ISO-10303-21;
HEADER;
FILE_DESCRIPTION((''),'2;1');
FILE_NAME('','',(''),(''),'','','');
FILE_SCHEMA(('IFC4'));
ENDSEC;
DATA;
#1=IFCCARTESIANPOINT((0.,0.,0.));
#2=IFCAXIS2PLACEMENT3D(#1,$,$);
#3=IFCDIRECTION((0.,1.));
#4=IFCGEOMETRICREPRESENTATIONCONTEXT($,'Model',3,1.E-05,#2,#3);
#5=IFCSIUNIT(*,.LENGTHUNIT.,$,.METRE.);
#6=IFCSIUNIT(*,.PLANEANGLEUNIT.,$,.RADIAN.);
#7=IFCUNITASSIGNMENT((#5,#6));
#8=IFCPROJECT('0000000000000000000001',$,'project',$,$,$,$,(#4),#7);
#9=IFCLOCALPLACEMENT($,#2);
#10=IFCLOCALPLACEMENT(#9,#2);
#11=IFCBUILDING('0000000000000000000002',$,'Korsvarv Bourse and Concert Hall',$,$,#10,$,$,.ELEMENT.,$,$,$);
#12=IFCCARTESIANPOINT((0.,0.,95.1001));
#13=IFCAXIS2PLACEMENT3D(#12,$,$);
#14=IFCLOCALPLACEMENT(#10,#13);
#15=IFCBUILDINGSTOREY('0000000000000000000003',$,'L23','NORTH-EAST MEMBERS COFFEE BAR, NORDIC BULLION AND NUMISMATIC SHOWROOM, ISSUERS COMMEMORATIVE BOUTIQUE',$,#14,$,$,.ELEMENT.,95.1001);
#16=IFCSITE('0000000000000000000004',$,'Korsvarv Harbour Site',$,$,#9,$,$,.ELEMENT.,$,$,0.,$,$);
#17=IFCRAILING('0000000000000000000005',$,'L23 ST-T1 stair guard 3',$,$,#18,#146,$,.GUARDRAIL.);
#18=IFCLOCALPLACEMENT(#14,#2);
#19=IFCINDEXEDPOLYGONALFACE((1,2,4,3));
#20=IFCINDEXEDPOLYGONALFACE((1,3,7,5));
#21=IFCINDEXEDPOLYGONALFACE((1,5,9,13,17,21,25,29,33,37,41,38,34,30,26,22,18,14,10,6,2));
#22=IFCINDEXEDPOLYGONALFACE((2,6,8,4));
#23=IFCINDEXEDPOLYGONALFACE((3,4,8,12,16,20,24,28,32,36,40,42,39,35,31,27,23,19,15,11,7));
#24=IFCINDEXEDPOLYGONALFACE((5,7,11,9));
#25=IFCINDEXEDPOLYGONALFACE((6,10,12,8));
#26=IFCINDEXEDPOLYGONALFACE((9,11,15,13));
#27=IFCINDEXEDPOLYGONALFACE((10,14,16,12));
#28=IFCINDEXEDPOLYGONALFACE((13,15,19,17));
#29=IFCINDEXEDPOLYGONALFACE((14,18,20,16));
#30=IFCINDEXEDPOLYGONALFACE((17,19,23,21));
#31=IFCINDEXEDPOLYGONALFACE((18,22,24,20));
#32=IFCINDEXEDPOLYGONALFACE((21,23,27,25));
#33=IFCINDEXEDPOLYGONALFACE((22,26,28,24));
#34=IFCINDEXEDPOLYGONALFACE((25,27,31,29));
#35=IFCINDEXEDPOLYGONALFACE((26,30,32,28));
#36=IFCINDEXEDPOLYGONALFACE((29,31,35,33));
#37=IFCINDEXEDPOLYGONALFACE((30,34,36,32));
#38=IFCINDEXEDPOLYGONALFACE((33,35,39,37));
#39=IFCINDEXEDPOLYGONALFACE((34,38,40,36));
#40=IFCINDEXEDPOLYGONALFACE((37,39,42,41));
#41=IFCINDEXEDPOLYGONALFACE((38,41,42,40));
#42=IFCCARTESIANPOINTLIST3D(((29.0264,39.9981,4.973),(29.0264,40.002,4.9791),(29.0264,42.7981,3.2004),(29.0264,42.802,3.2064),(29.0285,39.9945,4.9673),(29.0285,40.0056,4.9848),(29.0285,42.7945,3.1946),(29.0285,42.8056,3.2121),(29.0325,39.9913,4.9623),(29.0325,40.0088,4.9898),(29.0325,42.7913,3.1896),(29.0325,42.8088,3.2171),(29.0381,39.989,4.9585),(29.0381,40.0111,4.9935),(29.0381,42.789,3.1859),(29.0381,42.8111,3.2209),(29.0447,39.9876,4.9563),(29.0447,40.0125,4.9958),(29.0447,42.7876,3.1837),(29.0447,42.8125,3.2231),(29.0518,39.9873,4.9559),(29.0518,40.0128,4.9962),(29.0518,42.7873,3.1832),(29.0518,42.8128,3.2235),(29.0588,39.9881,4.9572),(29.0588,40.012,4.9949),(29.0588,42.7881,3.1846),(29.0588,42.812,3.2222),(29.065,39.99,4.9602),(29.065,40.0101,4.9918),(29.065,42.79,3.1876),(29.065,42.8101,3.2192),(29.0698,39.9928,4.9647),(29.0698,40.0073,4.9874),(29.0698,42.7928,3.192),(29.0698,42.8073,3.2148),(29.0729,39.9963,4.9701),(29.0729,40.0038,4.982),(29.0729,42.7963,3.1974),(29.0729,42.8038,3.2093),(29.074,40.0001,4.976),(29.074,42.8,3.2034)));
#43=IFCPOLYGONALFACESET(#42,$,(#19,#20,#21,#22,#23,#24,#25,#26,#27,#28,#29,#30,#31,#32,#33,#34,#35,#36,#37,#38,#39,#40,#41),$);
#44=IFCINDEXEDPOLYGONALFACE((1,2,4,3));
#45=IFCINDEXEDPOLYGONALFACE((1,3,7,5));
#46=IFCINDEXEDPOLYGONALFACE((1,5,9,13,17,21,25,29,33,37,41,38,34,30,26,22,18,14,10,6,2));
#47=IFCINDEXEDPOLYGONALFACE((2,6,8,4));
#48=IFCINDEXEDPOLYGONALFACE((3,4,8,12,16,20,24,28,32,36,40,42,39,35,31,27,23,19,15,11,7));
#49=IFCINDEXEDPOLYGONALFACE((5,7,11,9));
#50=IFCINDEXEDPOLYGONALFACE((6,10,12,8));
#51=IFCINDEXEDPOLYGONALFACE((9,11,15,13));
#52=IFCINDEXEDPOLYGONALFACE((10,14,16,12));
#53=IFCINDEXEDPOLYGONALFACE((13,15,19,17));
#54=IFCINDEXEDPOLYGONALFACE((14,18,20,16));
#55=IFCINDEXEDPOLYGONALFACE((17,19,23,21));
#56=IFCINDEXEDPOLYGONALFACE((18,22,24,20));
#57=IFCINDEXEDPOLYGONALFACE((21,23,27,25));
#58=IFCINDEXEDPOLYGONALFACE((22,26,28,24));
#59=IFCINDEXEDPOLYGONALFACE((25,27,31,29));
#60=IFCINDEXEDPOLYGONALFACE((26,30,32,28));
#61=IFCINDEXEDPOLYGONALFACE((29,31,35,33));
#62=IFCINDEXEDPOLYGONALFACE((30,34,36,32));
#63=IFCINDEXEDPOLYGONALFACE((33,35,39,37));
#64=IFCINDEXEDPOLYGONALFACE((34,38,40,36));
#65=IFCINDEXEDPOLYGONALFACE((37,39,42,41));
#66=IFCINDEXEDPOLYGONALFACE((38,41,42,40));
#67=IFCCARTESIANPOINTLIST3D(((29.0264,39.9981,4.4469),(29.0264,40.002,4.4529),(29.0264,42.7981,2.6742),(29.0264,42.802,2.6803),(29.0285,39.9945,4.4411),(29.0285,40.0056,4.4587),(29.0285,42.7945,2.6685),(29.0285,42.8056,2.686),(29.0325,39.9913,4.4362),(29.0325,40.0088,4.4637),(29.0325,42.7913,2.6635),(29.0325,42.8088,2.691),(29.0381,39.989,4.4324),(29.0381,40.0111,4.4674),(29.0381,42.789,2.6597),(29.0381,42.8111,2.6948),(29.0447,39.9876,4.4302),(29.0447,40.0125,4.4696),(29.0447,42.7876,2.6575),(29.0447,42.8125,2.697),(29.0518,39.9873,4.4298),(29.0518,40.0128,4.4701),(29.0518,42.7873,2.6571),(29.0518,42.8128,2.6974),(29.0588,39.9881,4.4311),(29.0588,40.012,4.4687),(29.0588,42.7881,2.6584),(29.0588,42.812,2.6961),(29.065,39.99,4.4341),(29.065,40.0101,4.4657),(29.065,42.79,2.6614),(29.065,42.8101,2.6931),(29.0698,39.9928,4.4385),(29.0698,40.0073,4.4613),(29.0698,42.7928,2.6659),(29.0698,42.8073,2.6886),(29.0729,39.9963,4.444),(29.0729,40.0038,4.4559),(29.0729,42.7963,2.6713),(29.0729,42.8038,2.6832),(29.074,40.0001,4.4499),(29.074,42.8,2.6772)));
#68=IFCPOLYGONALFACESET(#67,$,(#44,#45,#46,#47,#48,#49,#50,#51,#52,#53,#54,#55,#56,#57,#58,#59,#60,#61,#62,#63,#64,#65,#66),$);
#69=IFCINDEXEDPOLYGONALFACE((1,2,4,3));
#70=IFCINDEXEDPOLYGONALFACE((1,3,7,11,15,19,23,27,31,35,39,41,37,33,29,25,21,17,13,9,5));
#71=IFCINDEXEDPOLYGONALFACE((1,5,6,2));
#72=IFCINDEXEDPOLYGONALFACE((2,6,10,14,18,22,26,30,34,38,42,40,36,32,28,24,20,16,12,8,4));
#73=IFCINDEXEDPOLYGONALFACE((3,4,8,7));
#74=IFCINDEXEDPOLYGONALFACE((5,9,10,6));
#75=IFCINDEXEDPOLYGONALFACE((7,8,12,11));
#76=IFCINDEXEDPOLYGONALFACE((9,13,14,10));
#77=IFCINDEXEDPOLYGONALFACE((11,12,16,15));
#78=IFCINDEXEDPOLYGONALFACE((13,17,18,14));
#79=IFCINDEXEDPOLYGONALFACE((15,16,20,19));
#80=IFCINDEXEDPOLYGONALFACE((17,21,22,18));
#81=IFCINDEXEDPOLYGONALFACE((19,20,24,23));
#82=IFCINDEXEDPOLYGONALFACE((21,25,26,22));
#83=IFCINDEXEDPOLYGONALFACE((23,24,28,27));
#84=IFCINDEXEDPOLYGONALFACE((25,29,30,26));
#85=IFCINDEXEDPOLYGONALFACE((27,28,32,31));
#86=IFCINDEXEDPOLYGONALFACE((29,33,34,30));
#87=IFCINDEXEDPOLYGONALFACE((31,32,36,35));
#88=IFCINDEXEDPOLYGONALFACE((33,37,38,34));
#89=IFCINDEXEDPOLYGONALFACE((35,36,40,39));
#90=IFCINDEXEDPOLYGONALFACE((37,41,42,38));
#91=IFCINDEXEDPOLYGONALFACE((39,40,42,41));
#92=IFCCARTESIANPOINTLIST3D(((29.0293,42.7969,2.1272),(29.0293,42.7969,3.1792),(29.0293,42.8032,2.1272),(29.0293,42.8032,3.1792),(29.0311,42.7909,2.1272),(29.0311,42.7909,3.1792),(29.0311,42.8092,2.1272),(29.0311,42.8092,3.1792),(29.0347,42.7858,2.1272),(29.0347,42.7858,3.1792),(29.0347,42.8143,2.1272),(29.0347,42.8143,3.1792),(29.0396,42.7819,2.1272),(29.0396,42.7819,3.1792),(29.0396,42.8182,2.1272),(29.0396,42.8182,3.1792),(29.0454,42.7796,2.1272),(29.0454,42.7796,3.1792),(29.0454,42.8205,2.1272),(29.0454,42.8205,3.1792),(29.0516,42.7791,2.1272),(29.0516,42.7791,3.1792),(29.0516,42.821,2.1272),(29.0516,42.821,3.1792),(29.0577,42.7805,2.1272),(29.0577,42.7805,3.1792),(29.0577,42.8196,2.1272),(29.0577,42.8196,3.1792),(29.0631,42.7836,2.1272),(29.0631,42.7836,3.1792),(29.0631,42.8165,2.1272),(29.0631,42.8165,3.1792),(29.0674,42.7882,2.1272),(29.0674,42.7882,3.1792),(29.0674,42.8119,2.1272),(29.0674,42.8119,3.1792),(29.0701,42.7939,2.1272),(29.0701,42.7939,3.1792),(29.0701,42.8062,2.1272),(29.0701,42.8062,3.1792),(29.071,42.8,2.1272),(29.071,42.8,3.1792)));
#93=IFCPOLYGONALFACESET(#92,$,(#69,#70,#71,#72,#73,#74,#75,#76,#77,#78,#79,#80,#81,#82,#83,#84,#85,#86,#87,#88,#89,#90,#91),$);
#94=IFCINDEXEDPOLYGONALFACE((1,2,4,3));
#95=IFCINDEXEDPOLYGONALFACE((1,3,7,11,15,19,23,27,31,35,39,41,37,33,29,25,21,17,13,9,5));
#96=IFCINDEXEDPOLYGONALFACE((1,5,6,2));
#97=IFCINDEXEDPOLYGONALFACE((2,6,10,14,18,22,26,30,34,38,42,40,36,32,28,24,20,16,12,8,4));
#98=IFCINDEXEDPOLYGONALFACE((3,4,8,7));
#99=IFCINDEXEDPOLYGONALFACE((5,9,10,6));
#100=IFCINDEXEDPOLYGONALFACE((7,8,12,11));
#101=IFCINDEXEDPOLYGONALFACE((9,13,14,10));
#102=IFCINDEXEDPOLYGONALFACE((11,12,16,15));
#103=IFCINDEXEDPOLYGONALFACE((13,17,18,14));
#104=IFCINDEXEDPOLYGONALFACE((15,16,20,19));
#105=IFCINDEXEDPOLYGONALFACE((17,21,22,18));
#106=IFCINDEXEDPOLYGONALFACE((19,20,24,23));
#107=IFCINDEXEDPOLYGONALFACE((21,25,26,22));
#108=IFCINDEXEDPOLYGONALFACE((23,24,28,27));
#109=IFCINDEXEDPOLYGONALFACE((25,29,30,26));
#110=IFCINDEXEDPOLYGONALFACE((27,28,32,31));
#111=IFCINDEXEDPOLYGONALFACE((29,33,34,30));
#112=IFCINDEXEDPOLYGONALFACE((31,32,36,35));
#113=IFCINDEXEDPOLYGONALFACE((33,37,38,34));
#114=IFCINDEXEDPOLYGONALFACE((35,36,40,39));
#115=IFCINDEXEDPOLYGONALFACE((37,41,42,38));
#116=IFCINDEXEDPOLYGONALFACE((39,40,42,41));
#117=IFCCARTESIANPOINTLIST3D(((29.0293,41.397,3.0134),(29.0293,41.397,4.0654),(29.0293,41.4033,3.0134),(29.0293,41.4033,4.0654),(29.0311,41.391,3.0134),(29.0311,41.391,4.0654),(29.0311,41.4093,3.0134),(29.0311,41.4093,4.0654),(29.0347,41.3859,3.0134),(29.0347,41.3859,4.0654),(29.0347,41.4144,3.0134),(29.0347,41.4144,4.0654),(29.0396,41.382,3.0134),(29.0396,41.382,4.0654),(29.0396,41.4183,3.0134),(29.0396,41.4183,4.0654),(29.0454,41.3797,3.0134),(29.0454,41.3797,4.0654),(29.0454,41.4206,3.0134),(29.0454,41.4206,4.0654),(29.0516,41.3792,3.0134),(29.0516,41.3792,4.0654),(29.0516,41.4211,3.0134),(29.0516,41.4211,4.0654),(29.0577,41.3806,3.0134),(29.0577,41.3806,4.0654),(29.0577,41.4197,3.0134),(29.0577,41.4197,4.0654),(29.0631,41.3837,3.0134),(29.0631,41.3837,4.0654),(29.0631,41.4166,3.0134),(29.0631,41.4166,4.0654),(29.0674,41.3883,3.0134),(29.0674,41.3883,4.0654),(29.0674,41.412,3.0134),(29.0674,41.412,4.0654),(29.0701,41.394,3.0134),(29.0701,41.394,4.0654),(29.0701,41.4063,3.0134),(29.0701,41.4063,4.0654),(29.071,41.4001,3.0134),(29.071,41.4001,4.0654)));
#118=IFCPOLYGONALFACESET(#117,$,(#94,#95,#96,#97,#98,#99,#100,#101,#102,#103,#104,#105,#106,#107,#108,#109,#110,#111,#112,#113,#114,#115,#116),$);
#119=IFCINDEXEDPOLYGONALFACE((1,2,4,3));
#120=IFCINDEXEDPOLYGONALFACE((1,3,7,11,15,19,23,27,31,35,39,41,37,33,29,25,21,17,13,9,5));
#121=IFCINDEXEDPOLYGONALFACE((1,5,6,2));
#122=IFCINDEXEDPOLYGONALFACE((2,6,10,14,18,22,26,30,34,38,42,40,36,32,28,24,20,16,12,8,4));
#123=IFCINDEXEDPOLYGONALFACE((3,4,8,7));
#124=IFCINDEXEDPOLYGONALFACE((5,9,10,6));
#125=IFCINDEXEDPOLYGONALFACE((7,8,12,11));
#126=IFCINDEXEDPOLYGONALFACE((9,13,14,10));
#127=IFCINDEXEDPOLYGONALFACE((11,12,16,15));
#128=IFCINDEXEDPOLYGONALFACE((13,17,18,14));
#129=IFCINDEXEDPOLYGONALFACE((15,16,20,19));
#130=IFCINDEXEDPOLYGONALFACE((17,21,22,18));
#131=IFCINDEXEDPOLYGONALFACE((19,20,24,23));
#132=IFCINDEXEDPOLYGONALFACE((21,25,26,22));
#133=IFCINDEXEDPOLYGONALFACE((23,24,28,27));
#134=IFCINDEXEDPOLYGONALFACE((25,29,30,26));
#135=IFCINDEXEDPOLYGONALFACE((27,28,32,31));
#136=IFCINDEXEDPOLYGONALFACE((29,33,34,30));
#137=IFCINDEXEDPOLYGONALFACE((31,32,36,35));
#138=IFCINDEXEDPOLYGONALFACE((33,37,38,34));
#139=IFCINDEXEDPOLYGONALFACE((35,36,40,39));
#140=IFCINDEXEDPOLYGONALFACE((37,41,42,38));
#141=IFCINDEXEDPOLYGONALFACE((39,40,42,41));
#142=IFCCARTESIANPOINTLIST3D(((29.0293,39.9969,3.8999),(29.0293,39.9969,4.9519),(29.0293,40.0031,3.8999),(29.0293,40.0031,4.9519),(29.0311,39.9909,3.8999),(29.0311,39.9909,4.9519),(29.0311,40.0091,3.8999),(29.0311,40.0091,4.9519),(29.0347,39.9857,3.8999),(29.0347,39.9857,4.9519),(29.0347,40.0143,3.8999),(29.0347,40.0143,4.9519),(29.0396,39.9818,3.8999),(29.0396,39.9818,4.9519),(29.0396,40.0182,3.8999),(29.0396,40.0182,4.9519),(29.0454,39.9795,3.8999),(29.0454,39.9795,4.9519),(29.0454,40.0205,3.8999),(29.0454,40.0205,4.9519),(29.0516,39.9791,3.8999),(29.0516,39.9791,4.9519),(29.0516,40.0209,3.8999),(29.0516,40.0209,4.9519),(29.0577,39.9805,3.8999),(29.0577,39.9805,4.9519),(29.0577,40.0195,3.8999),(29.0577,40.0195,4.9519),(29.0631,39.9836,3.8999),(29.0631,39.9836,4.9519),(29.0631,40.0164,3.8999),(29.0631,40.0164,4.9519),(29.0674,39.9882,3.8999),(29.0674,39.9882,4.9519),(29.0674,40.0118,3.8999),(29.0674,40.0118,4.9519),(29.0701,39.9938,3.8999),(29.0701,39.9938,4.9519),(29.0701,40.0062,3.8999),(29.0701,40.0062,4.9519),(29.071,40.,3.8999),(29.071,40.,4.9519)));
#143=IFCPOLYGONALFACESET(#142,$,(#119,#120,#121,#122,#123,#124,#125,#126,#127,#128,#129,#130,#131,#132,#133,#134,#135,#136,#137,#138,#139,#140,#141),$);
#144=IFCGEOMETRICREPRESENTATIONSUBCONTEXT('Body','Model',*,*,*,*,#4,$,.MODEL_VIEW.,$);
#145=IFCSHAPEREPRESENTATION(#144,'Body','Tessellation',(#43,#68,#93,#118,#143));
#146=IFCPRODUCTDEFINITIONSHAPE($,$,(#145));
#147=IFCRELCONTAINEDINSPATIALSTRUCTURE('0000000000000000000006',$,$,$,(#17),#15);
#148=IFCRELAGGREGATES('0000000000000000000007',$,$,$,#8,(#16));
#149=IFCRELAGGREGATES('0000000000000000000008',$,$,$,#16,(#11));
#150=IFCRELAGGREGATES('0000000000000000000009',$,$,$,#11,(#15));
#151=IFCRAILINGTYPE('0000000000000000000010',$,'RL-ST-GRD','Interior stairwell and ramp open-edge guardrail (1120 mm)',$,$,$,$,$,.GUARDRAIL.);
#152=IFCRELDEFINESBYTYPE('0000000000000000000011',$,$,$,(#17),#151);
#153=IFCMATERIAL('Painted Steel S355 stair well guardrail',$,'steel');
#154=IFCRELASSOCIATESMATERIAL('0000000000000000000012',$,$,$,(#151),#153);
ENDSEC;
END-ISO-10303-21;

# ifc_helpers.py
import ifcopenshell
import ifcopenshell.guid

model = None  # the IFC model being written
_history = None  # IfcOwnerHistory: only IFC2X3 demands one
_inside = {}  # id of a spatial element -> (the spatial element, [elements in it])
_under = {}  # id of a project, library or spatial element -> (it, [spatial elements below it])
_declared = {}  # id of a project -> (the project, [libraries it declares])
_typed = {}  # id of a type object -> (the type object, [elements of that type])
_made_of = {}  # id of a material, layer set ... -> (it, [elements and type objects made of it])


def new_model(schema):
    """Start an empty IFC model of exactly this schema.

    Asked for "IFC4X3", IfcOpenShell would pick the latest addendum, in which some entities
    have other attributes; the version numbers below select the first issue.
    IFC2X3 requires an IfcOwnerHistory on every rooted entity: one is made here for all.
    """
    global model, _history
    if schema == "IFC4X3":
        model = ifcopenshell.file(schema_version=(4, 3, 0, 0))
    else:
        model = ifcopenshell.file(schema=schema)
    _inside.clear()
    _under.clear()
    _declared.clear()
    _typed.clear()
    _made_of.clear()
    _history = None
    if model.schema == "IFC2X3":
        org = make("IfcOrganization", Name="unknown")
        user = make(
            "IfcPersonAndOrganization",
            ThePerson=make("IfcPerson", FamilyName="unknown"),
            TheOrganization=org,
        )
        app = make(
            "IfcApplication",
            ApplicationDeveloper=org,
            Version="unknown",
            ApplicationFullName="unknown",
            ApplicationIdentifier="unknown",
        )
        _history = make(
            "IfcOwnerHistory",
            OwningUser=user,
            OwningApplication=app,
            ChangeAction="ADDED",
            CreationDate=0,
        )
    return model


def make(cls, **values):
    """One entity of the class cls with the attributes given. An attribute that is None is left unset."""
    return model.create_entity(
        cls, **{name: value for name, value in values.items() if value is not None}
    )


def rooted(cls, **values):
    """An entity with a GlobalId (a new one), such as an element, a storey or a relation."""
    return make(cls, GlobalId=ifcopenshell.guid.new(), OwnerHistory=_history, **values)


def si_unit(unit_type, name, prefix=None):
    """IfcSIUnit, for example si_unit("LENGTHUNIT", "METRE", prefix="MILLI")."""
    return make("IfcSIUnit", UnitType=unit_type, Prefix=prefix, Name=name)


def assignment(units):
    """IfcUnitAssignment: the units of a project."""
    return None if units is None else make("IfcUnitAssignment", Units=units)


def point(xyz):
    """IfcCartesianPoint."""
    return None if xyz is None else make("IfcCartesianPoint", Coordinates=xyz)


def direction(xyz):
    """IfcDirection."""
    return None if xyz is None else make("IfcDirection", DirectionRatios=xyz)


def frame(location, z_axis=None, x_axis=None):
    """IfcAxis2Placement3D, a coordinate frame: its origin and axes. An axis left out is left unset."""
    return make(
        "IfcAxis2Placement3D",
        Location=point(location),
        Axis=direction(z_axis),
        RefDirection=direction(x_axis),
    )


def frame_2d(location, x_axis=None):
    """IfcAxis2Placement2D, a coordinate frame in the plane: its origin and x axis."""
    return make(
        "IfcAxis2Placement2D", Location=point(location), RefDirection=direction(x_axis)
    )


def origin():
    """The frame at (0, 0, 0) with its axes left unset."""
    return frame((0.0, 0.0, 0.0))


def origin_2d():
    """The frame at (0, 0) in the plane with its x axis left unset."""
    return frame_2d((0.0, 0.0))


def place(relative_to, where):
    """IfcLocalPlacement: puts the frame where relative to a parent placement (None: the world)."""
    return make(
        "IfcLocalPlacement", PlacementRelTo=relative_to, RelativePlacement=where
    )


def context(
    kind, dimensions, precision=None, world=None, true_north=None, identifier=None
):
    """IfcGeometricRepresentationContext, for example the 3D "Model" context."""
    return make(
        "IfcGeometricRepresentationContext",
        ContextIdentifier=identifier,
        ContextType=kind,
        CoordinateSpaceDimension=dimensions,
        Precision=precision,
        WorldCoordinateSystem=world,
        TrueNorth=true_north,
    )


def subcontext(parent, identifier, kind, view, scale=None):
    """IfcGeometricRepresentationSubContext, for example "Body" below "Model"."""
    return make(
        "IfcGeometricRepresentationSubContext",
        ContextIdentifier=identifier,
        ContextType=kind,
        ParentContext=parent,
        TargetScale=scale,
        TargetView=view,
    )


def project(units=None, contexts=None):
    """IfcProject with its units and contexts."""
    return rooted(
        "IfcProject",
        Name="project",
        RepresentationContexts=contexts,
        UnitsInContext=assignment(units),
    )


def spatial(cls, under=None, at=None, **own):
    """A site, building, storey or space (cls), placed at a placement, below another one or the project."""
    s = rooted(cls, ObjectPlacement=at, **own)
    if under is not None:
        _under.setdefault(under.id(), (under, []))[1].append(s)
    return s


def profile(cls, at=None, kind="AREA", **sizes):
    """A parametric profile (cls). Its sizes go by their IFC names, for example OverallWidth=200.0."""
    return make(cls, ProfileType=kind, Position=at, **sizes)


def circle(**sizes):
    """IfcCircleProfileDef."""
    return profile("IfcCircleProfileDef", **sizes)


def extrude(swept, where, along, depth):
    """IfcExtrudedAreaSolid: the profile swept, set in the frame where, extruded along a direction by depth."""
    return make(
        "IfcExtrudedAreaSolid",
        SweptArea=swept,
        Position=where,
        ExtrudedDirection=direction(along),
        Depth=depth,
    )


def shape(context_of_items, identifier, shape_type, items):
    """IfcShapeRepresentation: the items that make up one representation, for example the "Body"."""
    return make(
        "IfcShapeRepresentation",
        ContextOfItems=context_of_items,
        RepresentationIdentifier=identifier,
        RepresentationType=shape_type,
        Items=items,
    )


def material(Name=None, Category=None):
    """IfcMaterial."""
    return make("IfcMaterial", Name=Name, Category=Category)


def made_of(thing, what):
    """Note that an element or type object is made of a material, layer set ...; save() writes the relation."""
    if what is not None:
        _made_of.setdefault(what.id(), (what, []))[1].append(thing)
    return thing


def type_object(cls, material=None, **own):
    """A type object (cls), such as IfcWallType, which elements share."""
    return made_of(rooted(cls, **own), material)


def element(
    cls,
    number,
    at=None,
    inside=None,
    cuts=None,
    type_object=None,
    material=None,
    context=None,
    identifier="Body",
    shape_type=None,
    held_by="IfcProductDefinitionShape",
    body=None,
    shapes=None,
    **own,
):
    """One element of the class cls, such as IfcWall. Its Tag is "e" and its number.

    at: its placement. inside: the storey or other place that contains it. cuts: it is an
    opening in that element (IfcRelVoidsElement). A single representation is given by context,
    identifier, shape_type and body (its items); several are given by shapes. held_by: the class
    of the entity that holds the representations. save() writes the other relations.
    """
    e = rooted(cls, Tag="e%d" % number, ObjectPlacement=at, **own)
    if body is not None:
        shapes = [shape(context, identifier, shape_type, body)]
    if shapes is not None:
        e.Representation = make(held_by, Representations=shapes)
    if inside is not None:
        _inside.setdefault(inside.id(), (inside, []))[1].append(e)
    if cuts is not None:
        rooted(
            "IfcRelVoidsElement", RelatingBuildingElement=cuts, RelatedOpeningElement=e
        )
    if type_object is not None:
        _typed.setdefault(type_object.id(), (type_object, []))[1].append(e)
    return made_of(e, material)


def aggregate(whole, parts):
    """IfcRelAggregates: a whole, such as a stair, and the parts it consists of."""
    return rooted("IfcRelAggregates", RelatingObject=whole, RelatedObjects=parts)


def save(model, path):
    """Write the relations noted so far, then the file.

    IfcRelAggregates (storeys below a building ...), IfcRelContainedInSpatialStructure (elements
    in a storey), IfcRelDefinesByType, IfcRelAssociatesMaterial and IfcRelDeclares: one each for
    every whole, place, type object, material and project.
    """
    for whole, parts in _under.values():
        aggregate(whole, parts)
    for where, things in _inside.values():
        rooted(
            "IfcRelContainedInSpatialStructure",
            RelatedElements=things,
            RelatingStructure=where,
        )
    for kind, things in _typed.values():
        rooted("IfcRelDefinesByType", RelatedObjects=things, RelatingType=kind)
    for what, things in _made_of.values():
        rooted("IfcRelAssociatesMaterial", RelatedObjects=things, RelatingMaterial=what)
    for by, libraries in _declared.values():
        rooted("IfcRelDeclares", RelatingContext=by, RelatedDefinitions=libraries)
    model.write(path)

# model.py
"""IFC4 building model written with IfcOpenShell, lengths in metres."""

from ifc_helpers import new_model, si_unit, direction, frame, origin, origin_2d, place, context, subcontext, project, spatial, circle, extrude, material, type_object, element, save


model = new_model("IFC4")

# Units and contexts
model_context = context("Model", 3, precision=1e-05, world=origin(), true_north=direction((0.0, 1.0)))
body_context = subcontext(model_context, "Body", "Model", "MODEL_VIEW")
ifc_project = project(units=[si_unit("LENGTHUNIT", "METRE"), si_unit("PLANEANGLEUNIT", "RADIAN")], contexts=[model_context])

# Site, building, storey
site_placement = place(None, origin())
site = spatial("IfcSite", under=ifc_project, at=site_placement, Name="Korsvarv Harbour Site", CompositionType="ELEMENT", RefElevation=0.0)
building_placement = place(site_placement, origin())
building = spatial("IfcBuilding", under=site, at=building_placement, Name="Korsvarv Bourse and Concert Hall", CompositionType="ELEMENT")
storey_placement = place(building_placement, frame((0.0, 0.0, 95.1001)))
storey = spatial("IfcBuildingStorey", under=building, at=storey_placement, Name="L23", Description="NORTH-EAST MEMBERS COFFEE BAR, NORDIC BULLION AND NUMISMATIC SHOWROOM, ISSUERS COMMEMORATIVE BOUTIQUE", CompositionType="ELEMENT", Elevation=95.1001)

# Railing
ifc_material_1 = material(Name="Painted Steel S355 stair well guardrail", Category="steel")
railing_type = type_object("IfcRailingType", Name="RL-ST-GRD", Description="Interior stairwell and ramp open-edge guardrail (1120 mm)", PredefinedType="GUARDRAIL", material=ifc_material_1)
railing_1_placement = place(storey_placement, frame((29.05, 42.8, 2.1272)))
element("IfcRailing", 1, at=railing_1_placement, inside=storey, type_object=railing_type, Name="L23 ST-T1 stair guard 3", PredefinedType="GUARDRAIL", context=body_context, shape_type="SweptSolid", body=[
    extrude(circle(Radius=0.0239, at=origin_2d()), frame((0.0, 0.0, 1.0762), z_axis=(0.0, -0.844909, 0.53491), x_axis=(1.0, 0.0, 0.0)), (0.0, 0.0, 1.0), 3.314),
    extrude(circle(Radius=0.0239, at=origin_2d()), frame((0.0, 0.0, 0.55), z_axis=(0.0, -0.844909, 0.53491), x_axis=(1.0, 0.0, 0.0)), (0.0, 0.0, 1.0), 3.314),
    extrude(circle(Radius=0.021, at=origin_2d()), origin(), (0.0, 0.0, 1.0), 1.052),
    extrude(circle(Radius=0.021, at=origin_2d()), frame((0.0, -1.3999, 0.8862)), (0.0, 0.0, 1.0), 1.052),
    extrude(circle(Radius=0.021, at=origin_2d()), frame((0.0, -2.8, 1.7727)), (0.0, 0.0, 1.0), 1.052),
])

save(model, "model.ifc")
